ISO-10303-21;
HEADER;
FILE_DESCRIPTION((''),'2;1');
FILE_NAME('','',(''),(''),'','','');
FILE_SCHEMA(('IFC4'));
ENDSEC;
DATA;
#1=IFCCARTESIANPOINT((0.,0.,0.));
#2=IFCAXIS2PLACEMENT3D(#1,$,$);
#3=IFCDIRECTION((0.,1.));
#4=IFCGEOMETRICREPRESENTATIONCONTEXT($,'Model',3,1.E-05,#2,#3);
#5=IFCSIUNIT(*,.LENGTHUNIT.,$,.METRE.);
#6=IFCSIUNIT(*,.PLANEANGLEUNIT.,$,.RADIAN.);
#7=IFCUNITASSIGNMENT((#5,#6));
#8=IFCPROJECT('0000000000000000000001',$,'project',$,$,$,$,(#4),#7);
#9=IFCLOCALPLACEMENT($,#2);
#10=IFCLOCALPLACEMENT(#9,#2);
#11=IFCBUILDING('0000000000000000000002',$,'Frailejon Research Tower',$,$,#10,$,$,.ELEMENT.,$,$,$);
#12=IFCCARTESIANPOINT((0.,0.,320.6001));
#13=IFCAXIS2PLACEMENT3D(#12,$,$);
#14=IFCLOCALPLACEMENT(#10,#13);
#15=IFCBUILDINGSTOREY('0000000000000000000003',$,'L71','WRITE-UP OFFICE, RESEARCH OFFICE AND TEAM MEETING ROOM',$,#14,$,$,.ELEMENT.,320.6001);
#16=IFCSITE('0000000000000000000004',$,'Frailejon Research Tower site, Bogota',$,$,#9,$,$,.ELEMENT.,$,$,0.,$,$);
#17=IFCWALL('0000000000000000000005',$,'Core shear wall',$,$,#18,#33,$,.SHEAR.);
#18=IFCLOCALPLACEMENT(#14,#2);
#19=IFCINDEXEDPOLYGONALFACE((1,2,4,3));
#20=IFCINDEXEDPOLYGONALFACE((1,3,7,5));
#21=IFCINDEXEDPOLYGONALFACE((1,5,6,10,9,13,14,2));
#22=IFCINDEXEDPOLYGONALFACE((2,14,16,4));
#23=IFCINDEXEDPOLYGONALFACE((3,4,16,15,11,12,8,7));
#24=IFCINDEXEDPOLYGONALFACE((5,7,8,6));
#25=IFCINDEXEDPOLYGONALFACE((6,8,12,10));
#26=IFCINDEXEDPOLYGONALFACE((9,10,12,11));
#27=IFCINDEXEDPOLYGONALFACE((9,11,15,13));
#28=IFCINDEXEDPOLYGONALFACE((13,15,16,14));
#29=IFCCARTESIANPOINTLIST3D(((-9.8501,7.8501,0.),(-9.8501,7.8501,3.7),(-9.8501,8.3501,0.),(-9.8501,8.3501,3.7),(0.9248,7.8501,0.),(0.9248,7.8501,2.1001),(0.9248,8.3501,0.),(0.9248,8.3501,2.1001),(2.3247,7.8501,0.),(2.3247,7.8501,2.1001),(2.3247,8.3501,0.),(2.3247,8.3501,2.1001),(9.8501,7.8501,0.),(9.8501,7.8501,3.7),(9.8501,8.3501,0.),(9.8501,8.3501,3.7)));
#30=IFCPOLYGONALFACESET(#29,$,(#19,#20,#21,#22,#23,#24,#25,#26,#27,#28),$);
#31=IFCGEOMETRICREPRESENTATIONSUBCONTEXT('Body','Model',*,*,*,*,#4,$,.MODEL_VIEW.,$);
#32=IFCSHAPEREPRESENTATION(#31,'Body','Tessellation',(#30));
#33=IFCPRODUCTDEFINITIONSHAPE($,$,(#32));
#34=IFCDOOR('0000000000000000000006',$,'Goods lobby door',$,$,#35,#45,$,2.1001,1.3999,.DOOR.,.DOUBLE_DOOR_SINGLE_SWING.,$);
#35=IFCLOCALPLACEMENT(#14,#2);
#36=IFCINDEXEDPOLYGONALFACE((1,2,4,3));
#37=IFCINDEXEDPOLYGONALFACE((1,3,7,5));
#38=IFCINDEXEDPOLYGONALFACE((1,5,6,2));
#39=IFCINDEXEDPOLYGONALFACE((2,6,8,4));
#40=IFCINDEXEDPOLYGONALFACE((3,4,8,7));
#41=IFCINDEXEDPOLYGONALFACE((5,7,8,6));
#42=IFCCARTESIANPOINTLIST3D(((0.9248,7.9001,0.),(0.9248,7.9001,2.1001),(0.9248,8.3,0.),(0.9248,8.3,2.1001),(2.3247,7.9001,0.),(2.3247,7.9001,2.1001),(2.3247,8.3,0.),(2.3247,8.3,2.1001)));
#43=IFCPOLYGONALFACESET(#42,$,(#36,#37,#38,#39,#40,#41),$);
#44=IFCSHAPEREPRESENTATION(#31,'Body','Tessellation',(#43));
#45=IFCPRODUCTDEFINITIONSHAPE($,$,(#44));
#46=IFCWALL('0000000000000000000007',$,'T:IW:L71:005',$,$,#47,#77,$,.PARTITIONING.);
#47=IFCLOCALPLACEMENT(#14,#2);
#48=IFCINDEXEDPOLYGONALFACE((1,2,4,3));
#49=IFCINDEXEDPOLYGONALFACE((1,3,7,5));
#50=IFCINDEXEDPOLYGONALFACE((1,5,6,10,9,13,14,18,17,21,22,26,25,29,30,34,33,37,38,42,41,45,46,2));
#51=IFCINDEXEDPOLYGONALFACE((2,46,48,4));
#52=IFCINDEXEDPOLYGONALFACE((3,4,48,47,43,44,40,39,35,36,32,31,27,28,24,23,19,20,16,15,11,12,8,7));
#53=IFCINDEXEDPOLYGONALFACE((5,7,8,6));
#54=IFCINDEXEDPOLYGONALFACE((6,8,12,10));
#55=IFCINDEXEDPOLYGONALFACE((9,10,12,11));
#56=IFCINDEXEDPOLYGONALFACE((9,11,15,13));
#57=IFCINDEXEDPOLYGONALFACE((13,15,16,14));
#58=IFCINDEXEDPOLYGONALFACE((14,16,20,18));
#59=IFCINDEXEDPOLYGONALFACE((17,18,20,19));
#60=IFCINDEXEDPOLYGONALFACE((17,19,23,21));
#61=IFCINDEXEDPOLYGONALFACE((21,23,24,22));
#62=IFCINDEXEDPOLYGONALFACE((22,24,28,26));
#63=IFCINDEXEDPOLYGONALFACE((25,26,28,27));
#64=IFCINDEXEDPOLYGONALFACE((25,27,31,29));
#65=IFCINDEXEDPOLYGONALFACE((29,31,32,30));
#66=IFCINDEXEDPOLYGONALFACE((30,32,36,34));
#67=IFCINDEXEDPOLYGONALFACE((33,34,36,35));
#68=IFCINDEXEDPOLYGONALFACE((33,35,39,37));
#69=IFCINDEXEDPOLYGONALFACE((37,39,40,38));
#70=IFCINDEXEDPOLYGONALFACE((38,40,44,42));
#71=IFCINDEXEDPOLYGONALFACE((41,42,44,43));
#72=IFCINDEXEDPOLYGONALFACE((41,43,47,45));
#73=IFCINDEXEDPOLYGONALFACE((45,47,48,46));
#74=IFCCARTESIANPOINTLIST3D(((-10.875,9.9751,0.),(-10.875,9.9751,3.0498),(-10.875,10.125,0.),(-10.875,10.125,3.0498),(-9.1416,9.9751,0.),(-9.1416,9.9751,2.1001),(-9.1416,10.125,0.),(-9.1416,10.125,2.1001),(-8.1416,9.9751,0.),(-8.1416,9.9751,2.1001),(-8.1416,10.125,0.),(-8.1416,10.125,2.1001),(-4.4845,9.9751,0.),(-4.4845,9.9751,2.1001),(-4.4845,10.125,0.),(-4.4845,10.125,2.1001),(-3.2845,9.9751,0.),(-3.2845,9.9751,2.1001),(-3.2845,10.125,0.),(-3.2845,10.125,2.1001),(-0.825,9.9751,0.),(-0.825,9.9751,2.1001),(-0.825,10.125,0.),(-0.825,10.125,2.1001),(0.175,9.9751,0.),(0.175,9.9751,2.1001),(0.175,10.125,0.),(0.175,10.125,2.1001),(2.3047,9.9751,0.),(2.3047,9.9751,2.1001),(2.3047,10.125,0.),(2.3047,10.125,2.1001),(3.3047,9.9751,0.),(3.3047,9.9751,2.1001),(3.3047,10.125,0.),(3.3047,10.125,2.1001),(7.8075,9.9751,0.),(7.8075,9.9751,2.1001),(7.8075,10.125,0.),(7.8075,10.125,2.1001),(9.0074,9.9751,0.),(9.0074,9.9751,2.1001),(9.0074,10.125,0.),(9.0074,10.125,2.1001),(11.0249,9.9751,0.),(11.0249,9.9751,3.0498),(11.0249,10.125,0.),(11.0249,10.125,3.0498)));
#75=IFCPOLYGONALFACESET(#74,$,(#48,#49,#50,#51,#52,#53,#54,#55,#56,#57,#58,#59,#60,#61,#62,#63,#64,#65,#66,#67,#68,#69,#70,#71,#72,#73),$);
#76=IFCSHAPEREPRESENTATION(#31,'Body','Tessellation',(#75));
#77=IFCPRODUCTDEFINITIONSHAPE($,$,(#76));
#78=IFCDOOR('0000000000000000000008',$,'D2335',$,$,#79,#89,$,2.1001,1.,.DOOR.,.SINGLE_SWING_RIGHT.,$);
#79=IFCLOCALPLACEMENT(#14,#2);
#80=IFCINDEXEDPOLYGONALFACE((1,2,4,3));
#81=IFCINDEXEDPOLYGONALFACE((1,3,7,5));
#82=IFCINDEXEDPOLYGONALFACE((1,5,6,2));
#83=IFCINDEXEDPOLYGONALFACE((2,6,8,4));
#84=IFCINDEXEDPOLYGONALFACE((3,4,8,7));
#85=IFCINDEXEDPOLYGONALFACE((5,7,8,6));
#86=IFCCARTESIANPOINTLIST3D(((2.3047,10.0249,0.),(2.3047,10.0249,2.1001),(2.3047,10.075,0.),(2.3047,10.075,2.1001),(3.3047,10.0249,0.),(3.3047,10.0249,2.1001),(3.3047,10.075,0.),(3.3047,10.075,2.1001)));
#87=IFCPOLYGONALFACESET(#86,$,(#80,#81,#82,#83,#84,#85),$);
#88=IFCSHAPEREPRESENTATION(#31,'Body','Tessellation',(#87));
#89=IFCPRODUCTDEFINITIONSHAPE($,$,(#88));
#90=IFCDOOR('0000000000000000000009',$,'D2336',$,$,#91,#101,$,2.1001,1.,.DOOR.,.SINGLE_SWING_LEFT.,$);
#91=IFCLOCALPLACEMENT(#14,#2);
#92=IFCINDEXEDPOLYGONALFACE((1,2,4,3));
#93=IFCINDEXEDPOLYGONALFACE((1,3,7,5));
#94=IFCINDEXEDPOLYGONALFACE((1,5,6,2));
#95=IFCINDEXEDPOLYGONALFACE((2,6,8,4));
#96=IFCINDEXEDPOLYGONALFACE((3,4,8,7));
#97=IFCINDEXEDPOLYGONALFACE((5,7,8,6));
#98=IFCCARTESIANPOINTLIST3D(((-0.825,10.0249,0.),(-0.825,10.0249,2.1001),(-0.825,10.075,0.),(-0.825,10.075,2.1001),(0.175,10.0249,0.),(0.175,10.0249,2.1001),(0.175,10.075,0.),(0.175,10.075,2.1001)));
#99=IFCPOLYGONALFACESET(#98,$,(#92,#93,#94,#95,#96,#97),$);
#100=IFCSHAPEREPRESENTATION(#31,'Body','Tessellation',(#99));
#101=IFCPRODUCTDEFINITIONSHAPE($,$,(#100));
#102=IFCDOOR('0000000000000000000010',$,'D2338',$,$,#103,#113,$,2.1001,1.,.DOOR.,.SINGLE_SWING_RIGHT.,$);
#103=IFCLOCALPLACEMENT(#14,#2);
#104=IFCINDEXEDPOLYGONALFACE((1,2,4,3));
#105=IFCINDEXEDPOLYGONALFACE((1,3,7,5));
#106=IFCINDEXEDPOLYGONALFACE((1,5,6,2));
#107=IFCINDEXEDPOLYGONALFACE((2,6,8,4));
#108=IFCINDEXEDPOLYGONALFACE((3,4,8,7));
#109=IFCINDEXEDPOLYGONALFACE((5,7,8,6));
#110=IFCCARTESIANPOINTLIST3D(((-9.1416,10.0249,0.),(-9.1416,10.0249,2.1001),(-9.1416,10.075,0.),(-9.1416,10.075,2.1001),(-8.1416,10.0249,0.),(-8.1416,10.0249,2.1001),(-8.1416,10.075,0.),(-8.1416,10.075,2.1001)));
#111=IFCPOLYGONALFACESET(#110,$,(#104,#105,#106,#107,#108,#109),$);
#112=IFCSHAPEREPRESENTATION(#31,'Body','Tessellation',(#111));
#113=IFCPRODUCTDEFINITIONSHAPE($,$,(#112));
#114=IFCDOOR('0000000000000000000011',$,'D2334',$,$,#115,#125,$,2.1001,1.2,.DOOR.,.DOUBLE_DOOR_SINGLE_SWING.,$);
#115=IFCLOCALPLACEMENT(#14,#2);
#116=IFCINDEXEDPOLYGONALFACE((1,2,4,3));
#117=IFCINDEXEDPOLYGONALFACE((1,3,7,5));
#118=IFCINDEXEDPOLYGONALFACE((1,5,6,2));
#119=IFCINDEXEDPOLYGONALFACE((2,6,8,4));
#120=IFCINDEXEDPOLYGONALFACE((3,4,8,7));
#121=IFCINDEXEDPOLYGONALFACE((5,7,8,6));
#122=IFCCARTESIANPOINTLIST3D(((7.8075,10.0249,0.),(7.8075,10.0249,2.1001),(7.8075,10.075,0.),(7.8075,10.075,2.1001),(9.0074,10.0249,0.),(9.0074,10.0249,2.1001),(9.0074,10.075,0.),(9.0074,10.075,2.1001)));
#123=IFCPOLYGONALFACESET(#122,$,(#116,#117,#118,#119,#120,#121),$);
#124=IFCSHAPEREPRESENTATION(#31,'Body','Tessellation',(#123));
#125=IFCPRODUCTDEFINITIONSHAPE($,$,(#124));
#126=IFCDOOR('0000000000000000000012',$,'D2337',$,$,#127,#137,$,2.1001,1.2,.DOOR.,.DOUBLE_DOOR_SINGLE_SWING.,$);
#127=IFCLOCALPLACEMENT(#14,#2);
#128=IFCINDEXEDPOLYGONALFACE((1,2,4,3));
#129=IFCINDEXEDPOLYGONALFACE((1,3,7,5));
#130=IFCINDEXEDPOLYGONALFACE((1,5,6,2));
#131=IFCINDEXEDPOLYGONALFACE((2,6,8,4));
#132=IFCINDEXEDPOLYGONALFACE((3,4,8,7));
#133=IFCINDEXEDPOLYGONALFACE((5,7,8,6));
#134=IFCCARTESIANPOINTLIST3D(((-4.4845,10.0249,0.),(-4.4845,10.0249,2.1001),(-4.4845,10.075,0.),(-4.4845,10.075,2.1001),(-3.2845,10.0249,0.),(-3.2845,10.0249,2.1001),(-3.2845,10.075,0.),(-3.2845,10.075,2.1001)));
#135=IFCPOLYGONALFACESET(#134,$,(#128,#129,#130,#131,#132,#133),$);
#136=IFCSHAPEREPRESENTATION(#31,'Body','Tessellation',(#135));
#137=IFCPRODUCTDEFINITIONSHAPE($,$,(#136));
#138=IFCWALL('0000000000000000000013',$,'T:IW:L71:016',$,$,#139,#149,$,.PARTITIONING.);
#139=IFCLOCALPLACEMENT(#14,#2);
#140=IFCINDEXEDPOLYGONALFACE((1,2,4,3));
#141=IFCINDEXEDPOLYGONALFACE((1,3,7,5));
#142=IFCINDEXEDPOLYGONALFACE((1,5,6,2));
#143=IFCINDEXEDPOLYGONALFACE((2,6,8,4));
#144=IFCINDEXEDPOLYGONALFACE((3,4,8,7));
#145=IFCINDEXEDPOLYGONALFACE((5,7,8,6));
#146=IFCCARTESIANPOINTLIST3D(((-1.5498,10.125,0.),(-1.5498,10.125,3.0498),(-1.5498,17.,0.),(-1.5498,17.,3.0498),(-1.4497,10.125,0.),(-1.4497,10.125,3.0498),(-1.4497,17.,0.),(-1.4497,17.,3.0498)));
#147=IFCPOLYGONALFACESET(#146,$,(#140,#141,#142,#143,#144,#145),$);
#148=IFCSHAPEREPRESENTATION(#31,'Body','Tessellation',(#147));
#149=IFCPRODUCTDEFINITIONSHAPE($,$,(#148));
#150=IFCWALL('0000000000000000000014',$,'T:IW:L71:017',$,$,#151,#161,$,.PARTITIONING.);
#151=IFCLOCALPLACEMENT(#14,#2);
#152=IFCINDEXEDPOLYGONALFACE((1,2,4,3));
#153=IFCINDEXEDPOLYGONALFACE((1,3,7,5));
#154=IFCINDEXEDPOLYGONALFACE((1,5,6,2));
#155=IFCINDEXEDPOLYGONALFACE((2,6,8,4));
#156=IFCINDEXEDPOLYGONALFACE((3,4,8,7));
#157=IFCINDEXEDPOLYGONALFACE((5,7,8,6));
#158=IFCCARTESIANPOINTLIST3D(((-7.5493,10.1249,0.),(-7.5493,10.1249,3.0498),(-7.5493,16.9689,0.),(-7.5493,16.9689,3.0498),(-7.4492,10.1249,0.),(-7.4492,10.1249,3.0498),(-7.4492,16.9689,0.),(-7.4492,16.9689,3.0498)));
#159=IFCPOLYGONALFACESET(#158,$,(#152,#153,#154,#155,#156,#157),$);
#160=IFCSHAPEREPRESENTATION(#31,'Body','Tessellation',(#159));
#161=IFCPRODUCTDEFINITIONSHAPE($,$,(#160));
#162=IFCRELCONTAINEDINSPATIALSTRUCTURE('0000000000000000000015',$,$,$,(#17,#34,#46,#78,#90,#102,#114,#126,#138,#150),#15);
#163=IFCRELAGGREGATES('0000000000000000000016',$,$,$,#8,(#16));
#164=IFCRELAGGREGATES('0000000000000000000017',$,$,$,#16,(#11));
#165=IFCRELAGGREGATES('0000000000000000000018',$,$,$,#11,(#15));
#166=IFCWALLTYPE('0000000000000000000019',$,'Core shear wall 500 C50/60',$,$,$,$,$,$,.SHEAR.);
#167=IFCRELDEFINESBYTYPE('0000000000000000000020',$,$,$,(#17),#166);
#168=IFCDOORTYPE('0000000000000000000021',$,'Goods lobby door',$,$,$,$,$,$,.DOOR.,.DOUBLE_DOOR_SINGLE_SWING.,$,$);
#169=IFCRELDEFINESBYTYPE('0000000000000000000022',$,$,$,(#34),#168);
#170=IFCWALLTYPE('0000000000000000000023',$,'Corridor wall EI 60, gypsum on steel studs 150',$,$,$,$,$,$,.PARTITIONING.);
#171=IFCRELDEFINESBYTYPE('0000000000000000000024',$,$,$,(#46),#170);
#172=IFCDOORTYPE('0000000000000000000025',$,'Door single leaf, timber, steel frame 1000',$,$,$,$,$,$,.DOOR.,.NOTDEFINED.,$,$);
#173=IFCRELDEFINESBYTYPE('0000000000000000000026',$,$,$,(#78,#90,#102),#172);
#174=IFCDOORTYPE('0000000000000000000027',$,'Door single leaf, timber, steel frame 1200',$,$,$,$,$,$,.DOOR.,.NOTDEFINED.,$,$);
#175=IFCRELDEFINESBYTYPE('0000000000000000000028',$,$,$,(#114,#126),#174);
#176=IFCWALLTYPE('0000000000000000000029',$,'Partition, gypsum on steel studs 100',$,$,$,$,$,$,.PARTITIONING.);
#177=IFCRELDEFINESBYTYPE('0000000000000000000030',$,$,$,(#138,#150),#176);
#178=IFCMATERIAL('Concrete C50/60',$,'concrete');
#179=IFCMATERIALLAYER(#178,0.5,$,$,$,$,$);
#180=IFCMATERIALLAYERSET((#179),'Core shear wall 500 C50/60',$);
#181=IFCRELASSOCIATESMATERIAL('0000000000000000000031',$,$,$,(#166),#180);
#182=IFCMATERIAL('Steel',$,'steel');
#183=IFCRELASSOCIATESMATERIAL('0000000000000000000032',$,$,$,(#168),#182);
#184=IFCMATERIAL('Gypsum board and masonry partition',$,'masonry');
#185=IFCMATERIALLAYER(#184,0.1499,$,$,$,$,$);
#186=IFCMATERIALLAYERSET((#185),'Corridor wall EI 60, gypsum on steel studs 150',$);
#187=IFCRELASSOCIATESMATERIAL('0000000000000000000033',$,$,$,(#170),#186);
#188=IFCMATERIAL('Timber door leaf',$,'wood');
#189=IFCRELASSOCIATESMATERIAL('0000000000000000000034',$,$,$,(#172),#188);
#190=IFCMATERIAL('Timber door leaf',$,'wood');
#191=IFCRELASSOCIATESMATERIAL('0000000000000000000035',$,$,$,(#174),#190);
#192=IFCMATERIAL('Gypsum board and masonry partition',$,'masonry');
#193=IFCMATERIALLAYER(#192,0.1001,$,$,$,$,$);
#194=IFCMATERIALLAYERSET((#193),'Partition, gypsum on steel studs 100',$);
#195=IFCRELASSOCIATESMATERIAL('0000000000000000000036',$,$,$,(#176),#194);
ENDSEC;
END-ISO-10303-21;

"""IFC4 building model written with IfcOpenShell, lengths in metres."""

from ifc_helpers import new_model, si_unit, direction, frame, frame_2d, origin, place, context, subcontext, project, spatial, rectangle, extrude, material, layer, layer_set, type_object, element, fill, save


model = new_model("IFC4")

# Units and contexts
model_context = context("Model", 3, precision=1e-05, world=origin(), true_north=direction((0.0, 1.0)))
body_context = subcontext(model_context, "Body", "Model", "MODEL_VIEW")
ifc_project = project(units=[si_unit("LENGTHUNIT", "METRE"), si_unit("PLANEANGLEUNIT", "RADIAN")], contexts=[model_context])

# Site, building, storey
site_placement = place(None, origin())
site = spatial("IfcSite", under=ifc_project, at=site_placement, Name="Frailejon Research Tower site, Bogota", CompositionType="ELEMENT", RefElevation=0.0)
building_placement = place(site_placement, origin())
building = spatial("IfcBuilding", under=site, at=building_placement, Name="Frailejon Research Tower", CompositionType="ELEMENT")
storey_placement = place(building_placement, frame((0.0, 0.0, 320.6001)))
storey = spatial("IfcBuildingStorey", under=building, at=storey_placement, Name="L71", Description="WRITE-UP OFFICE, RESEARCH OFFICE AND TEAM MEETING ROOM", CompositionType="ELEMENT", Elevation=320.6001)

# Wall, opening, door
ifc_material_1 = material(Name="Concrete C50/60", Category="concrete")
ifc_layer_1 = layer(ifc_material_1, 0.5)
ifc_layer_set_1 = layer_set([ifc_layer_1], Name="Core shear wall 500 C50/60")
wall_type_1 = type_object("IfcWallType", Name="Core shear wall 500 C50/60", PredefinedType="SHEAR", material=ifc_layer_set_1)
wall_1_placement = place(storey_placement, frame((-9.8501, 8.1001, 0.0), z_axis=(0.0, 0.0, 1.0), x_axis=(1.0, 0.0, 0.0)))
wall_1 = element("IfcWall", 1, at=wall_1_placement, inside=storey, type_object=wall_type_1, Name="Core shear wall", PredefinedType="SHEAR", context=body_context, shape_type="SweptSolid", body=[
    extrude(rectangle(XDim=19.7002, YDim=0.5, at=frame_2d((9.8501, 0.0))), origin(), (0.0, 0.0, 1.0), 3.7),
])
opening_1_placement = place(wall_1_placement, frame((10.7749, 0.0, 0.0)))
opening_1 = element("IfcOpeningElement", 2, at=opening_1_placement, cuts=wall_1, PredefinedType="OPENING", context=body_context, shape_type="SweptSolid", body=[
    extrude(rectangle(XDim=1.3999, YDim=2.1001, at=frame_2d((0.7, 1.05))), frame((0.0, 0.26, 0.0), z_axis=(0.0, -1.0, 0.0), x_axis=(1.0, 0.0, 0.0)), (0.0, 0.0, 1.0), 0.52),
])
ifc_material_2 = material(Name="Steel", Category="steel")
door_type_1 = type_object("IfcDoorType", Name="Goods lobby door", OperationType="DOUBLE_DOOR_SINGLE_SWING", PredefinedType="DOOR", material=ifc_material_2)
door_1_placement = place(opening_1_placement, origin())
door_1 = element("IfcDoor", 3, at=door_1_placement, inside=storey, type_object=door_type_1, Name="Goods lobby door", OperationType="DOUBLE_DOOR_SINGLE_SWING", OverallHeight=2.1001, OverallWidth=1.3999, PredefinedType="DOOR", context=body_context, shape_type="SweptSolid", body=[
    extrude(rectangle(XDim=1.3999, YDim=2.1001, at=frame_2d((0.7, 1.05))), frame((0.0, 0.2, 0.0), z_axis=(0.0, -1.0, 0.0), x_axis=(1.0, 0.0, 0.0)), (0.0, 0.0, 1.0), 0.3999),
])
fill(opening_1, door_1)

# Wall, openings, doors
ifc_material_3 = material(Name="Gypsum board and masonry partition", Category="masonry")
ifc_layer_2 = layer(ifc_material_3, 0.1499)
ifc_layer_set_2 = layer_set([ifc_layer_2], Name="Corridor wall EI 60, gypsum on steel studs 150")
wall_type_2 = type_object("IfcWallType", Name="Corridor wall EI 60, gypsum on steel studs 150", PredefinedType="PARTITIONING", material=ifc_layer_set_2)
wall_2_placement = place(storey_placement, frame((-10.875, 10.05, 0.0), z_axis=(0.0, 0.0, 1.0), x_axis=(1.0, 0.0, 0.0)))
wall_2 = element("IfcWall", 4, at=wall_2_placement, inside=storey, type_object=wall_type_2, Name="T:IW:L71:005", PredefinedType="PARTITIONING", context=body_context, shape_type="SweptSolid", body=[
    extrude(rectangle(XDim=21.8999, YDim=0.1499, at=frame_2d((10.95, 0.0))), origin(), (0.0, 0.0, 1.0), 3.0498),
])
opening_2_placement = place(wall_2_placement, frame((18.6824, 0.0, 0.0)))
opening_2 = element("IfcOpeningElement", 5, at=opening_2_placement, cuts=wall_2, PredefinedType="OPENING", context=body_context, shape_type="SweptSolid", body=[
    extrude(rectangle(XDim=1.2, YDim=2.1001, at=frame_2d((0.6001, 1.05))), frame((0.0, 0.085, 0.0), z_axis=(0.0, -1.0, 0.0), x_axis=(1.0, 0.0, 0.0)), (0.0, 0.0, 1.0), 0.1699),
])
opening_3_placement = place(wall_2_placement, frame((13.1797, 0.0, 0.0)))
opening_3 = element("IfcOpeningElement", 6, at=opening_3_placement, cuts=wall_2, PredefinedType="OPENING", context=body_context, shape_type="SweptSolid", body=[
    extrude(rectangle(XDim=1.0, YDim=2.1001, at=frame_2d((0.5, 1.05))), frame((0.0, 0.085, 0.0), z_axis=(0.0, -1.0, 0.0), x_axis=(1.0, 0.0, 0.0)), (0.0, 0.0, 1.0), 0.1699),
])
opening_4_placement = place(wall_2_placement, frame((10.05, 0.0, 0.0)))
opening_4 = element("IfcOpeningElement", 7, at=opening_4_placement, cuts=wall_2, PredefinedType="OPENING", context=body_context, shape_type="SweptSolid", body=[
    extrude(rectangle(XDim=1.0, YDim=2.1001, at=frame_2d((0.5, 1.05))), frame((0.0, 0.085, 0.0), z_axis=(0.0, -1.0, 0.0), x_axis=(1.0, 0.0, 0.0)), (0.0, 0.0, 1.0), 0.1699),
])
opening_5_placement = place(wall_2_placement, frame((6.3904, 0.0, 0.0)))
opening_5 = element("IfcOpeningElement", 8, at=opening_5_placement, cuts=wall_2, PredefinedType="OPENING", context=body_context, shape_type="SweptSolid", body=[
    extrude(rectangle(XDim=1.2, YDim=2.1001, at=frame_2d((0.6001, 1.05))), frame((0.0, 0.085, 0.0), z_axis=(0.0, -1.0, 0.0), x_axis=(1.0, 0.0, 0.0)), (0.0, 0.0, 1.0), 0.1699),
])
opening_6_placement = place(wall_2_placement, frame((1.7334, 0.0, 0.0)))
opening_6 = element("IfcOpeningElement", 9, at=opening_6_placement, cuts=wall_2, PredefinedType="OPENING", context=body_context, shape_type="SweptSolid", body=[
    extrude(rectangle(XDim=1.0, YDim=2.1001, at=frame_2d((0.5, 1.05))), frame((0.0, 0.085, 0.0), z_axis=(0.0, -1.0, 0.0), x_axis=(1.0, 0.0, 0.0)), (0.0, 0.0, 1.0), 0.1699),
])
ifc_material_4 = material(Name="Timber door leaf", Category="wood")
door_type_2 = type_object("IfcDoorType", Name="Door single leaf, timber, steel frame 1000", OperationType="NOTDEFINED", PredefinedType="DOOR", material=ifc_material_4)
door_2_placement = place(opening_3_placement, origin())
door_2 = element("IfcDoor", 10, at=door_2_placement, inside=storey, type_object=door_type_2, Name="D2335", OperationType="SINGLE_SWING_RIGHT", OverallHeight=2.1001, OverallWidth=1.0, PredefinedType="DOOR", context=body_context, shape_type="SweptSolid", body=[
    extrude(rectangle(XDim=1.0, YDim=2.1001, at=frame_2d((0.5, 1.05))), frame((0.0, 0.0249, 0.0), z_axis=(0.0, -1.0, 0.0), x_axis=(1.0, 0.0, 0.0)), (0.0, 0.0, 1.0), 0.05),
])
fill(opening_3, door_2)
door_3_placement = place(opening_4_placement, origin())
door_3 = element("IfcDoor", 11, at=door_3_placement, inside=storey, type_object=door_type_2, Name="D2336", OperationType="SINGLE_SWING_LEFT", OverallHeight=2.1001, OverallWidth=1.0, PredefinedType="DOOR", context=body_context, shape_type="SweptSolid", body=[
    extrude(rectangle(XDim=1.0, YDim=2.1001, at=frame_2d((0.5, 1.05))), frame((0.0, 0.0249, 0.0), z_axis=(0.0, -1.0, 0.0), x_axis=(1.0, 0.0, 0.0)), (0.0, 0.0, 1.0), 0.05),
])
fill(opening_4, door_3)
door_4_placement = place(opening_6_placement, origin())
door_4 = element("IfcDoor", 12, at=door_4_placement, inside=storey, type_object=door_type_2, Name="D2338", OperationType="SINGLE_SWING_RIGHT", OverallHeight=2.1001, OverallWidth=1.0, PredefinedType="DOOR", context=body_context, shape_type="SweptSolid", body=[
    extrude(rectangle(XDim=1.0, YDim=2.1001, at=frame_2d((0.5, 1.05))), frame((0.0, 0.0249, 0.0), z_axis=(0.0, -1.0, 0.0), x_axis=(1.0, 0.0, 0.0)), (0.0, 0.0, 1.0), 0.05),
])
fill(opening_6, door_4)
ifc_material_5 = material(Name="Timber door leaf", Category="wood")
door_type_3 = type_object("IfcDoorType", Name="Door single leaf, timber, steel frame 1200", OperationType="NOTDEFINED", PredefinedType="DOOR", material=ifc_material_5)
door_5_placement = place(opening_2_placement, origin())
door_5 = element("IfcDoor", 13, at=door_5_placement, inside=storey, type_object=door_type_3, Name="D2334", OperationType="DOUBLE_DOOR_SINGLE_SWING", OverallHeight=2.1001, OverallWidth=1.2, PredefinedType="DOOR", context=body_context, shape_type="SweptSolid", body=[
    extrude(rectangle(XDim=1.2, YDim=2.1001, at=frame_2d((0.6001, 1.05))), frame((0.0, 0.0249, 0.0), z_axis=(0.0, -1.0, 0.0), x_axis=(1.0, 0.0, 0.0)), (0.0, 0.0, 1.0), 0.05),
])
fill(opening_2, door_5)
door_6_placement = place(opening_5_placement, origin())
door_6 = element("IfcDoor", 14, at=door_6_placement, inside=storey, type_object=door_type_3, Name="D2337", OperationType="DOUBLE_DOOR_SINGLE_SWING", OverallHeight=2.1001, OverallWidth=1.2, PredefinedType="DOOR", context=body_context, shape_type="SweptSolid", body=[
    extrude(rectangle(XDim=1.2, YDim=2.1001, at=frame_2d((0.6001, 1.05))), frame((0.0, 0.0249, 0.0), z_axis=(0.0, -1.0, 0.0), x_axis=(1.0, 0.0, 0.0)), (0.0, 0.0, 1.0), 0.05),
])
fill(opening_5, door_6)

# Walls
ifc_material_6 = material(Name="Gypsum board and masonry partition", Category="masonry")
ifc_layer_3 = layer(ifc_material_6, 0.1001)
ifc_layer_set_3 = layer_set([ifc_layer_3], Name="Partition, gypsum on steel studs 100")
wall_type_3 = type_object("IfcWallType", Name="Partition, gypsum on steel studs 100", PredefinedType="PARTITIONING", material=ifc_layer_set_3)
wall_3_placement = place(storey_placement, frame((-1.4998, 10.125, 0.0), z_axis=(0.0, 0.0, 1.0), x_axis=(0.0, 1.0, 0.0)))
element("IfcWall", 15, at=wall_3_placement, inside=storey, type_object=wall_type_3, Name="T:IW:L71:016", PredefinedType="PARTITIONING", context=body_context, shape_type="SweptSolid", body=[
    extrude(rectangle(XDim=6.875, YDim=0.1001, at=frame_2d((3.4375, 0.0))), origin(), (0.0, 0.0, 1.0), 3.0498),
])
wall_4_placement = place(storey_placement, frame((-7.4993, 10.125, 0.0), z_axis=(0.0, 0.0, 1.0), x_axis=(0.0, 1.0, 0.0)))
element("IfcWall", 16, at=wall_4_placement, inside=storey, type_object=wall_type_3, Name="T:IW:L71:017", PredefinedType="PARTITIONING", context=body_context, shape_type="SweptSolid", body=[
    extrude(rectangle(XDim=6.844, YDim=0.1001, at=frame_2d((3.4219, 0.0))), origin(), (0.0, 0.0, 1.0), 3.0498),
])

save(model, "model.ifc")
